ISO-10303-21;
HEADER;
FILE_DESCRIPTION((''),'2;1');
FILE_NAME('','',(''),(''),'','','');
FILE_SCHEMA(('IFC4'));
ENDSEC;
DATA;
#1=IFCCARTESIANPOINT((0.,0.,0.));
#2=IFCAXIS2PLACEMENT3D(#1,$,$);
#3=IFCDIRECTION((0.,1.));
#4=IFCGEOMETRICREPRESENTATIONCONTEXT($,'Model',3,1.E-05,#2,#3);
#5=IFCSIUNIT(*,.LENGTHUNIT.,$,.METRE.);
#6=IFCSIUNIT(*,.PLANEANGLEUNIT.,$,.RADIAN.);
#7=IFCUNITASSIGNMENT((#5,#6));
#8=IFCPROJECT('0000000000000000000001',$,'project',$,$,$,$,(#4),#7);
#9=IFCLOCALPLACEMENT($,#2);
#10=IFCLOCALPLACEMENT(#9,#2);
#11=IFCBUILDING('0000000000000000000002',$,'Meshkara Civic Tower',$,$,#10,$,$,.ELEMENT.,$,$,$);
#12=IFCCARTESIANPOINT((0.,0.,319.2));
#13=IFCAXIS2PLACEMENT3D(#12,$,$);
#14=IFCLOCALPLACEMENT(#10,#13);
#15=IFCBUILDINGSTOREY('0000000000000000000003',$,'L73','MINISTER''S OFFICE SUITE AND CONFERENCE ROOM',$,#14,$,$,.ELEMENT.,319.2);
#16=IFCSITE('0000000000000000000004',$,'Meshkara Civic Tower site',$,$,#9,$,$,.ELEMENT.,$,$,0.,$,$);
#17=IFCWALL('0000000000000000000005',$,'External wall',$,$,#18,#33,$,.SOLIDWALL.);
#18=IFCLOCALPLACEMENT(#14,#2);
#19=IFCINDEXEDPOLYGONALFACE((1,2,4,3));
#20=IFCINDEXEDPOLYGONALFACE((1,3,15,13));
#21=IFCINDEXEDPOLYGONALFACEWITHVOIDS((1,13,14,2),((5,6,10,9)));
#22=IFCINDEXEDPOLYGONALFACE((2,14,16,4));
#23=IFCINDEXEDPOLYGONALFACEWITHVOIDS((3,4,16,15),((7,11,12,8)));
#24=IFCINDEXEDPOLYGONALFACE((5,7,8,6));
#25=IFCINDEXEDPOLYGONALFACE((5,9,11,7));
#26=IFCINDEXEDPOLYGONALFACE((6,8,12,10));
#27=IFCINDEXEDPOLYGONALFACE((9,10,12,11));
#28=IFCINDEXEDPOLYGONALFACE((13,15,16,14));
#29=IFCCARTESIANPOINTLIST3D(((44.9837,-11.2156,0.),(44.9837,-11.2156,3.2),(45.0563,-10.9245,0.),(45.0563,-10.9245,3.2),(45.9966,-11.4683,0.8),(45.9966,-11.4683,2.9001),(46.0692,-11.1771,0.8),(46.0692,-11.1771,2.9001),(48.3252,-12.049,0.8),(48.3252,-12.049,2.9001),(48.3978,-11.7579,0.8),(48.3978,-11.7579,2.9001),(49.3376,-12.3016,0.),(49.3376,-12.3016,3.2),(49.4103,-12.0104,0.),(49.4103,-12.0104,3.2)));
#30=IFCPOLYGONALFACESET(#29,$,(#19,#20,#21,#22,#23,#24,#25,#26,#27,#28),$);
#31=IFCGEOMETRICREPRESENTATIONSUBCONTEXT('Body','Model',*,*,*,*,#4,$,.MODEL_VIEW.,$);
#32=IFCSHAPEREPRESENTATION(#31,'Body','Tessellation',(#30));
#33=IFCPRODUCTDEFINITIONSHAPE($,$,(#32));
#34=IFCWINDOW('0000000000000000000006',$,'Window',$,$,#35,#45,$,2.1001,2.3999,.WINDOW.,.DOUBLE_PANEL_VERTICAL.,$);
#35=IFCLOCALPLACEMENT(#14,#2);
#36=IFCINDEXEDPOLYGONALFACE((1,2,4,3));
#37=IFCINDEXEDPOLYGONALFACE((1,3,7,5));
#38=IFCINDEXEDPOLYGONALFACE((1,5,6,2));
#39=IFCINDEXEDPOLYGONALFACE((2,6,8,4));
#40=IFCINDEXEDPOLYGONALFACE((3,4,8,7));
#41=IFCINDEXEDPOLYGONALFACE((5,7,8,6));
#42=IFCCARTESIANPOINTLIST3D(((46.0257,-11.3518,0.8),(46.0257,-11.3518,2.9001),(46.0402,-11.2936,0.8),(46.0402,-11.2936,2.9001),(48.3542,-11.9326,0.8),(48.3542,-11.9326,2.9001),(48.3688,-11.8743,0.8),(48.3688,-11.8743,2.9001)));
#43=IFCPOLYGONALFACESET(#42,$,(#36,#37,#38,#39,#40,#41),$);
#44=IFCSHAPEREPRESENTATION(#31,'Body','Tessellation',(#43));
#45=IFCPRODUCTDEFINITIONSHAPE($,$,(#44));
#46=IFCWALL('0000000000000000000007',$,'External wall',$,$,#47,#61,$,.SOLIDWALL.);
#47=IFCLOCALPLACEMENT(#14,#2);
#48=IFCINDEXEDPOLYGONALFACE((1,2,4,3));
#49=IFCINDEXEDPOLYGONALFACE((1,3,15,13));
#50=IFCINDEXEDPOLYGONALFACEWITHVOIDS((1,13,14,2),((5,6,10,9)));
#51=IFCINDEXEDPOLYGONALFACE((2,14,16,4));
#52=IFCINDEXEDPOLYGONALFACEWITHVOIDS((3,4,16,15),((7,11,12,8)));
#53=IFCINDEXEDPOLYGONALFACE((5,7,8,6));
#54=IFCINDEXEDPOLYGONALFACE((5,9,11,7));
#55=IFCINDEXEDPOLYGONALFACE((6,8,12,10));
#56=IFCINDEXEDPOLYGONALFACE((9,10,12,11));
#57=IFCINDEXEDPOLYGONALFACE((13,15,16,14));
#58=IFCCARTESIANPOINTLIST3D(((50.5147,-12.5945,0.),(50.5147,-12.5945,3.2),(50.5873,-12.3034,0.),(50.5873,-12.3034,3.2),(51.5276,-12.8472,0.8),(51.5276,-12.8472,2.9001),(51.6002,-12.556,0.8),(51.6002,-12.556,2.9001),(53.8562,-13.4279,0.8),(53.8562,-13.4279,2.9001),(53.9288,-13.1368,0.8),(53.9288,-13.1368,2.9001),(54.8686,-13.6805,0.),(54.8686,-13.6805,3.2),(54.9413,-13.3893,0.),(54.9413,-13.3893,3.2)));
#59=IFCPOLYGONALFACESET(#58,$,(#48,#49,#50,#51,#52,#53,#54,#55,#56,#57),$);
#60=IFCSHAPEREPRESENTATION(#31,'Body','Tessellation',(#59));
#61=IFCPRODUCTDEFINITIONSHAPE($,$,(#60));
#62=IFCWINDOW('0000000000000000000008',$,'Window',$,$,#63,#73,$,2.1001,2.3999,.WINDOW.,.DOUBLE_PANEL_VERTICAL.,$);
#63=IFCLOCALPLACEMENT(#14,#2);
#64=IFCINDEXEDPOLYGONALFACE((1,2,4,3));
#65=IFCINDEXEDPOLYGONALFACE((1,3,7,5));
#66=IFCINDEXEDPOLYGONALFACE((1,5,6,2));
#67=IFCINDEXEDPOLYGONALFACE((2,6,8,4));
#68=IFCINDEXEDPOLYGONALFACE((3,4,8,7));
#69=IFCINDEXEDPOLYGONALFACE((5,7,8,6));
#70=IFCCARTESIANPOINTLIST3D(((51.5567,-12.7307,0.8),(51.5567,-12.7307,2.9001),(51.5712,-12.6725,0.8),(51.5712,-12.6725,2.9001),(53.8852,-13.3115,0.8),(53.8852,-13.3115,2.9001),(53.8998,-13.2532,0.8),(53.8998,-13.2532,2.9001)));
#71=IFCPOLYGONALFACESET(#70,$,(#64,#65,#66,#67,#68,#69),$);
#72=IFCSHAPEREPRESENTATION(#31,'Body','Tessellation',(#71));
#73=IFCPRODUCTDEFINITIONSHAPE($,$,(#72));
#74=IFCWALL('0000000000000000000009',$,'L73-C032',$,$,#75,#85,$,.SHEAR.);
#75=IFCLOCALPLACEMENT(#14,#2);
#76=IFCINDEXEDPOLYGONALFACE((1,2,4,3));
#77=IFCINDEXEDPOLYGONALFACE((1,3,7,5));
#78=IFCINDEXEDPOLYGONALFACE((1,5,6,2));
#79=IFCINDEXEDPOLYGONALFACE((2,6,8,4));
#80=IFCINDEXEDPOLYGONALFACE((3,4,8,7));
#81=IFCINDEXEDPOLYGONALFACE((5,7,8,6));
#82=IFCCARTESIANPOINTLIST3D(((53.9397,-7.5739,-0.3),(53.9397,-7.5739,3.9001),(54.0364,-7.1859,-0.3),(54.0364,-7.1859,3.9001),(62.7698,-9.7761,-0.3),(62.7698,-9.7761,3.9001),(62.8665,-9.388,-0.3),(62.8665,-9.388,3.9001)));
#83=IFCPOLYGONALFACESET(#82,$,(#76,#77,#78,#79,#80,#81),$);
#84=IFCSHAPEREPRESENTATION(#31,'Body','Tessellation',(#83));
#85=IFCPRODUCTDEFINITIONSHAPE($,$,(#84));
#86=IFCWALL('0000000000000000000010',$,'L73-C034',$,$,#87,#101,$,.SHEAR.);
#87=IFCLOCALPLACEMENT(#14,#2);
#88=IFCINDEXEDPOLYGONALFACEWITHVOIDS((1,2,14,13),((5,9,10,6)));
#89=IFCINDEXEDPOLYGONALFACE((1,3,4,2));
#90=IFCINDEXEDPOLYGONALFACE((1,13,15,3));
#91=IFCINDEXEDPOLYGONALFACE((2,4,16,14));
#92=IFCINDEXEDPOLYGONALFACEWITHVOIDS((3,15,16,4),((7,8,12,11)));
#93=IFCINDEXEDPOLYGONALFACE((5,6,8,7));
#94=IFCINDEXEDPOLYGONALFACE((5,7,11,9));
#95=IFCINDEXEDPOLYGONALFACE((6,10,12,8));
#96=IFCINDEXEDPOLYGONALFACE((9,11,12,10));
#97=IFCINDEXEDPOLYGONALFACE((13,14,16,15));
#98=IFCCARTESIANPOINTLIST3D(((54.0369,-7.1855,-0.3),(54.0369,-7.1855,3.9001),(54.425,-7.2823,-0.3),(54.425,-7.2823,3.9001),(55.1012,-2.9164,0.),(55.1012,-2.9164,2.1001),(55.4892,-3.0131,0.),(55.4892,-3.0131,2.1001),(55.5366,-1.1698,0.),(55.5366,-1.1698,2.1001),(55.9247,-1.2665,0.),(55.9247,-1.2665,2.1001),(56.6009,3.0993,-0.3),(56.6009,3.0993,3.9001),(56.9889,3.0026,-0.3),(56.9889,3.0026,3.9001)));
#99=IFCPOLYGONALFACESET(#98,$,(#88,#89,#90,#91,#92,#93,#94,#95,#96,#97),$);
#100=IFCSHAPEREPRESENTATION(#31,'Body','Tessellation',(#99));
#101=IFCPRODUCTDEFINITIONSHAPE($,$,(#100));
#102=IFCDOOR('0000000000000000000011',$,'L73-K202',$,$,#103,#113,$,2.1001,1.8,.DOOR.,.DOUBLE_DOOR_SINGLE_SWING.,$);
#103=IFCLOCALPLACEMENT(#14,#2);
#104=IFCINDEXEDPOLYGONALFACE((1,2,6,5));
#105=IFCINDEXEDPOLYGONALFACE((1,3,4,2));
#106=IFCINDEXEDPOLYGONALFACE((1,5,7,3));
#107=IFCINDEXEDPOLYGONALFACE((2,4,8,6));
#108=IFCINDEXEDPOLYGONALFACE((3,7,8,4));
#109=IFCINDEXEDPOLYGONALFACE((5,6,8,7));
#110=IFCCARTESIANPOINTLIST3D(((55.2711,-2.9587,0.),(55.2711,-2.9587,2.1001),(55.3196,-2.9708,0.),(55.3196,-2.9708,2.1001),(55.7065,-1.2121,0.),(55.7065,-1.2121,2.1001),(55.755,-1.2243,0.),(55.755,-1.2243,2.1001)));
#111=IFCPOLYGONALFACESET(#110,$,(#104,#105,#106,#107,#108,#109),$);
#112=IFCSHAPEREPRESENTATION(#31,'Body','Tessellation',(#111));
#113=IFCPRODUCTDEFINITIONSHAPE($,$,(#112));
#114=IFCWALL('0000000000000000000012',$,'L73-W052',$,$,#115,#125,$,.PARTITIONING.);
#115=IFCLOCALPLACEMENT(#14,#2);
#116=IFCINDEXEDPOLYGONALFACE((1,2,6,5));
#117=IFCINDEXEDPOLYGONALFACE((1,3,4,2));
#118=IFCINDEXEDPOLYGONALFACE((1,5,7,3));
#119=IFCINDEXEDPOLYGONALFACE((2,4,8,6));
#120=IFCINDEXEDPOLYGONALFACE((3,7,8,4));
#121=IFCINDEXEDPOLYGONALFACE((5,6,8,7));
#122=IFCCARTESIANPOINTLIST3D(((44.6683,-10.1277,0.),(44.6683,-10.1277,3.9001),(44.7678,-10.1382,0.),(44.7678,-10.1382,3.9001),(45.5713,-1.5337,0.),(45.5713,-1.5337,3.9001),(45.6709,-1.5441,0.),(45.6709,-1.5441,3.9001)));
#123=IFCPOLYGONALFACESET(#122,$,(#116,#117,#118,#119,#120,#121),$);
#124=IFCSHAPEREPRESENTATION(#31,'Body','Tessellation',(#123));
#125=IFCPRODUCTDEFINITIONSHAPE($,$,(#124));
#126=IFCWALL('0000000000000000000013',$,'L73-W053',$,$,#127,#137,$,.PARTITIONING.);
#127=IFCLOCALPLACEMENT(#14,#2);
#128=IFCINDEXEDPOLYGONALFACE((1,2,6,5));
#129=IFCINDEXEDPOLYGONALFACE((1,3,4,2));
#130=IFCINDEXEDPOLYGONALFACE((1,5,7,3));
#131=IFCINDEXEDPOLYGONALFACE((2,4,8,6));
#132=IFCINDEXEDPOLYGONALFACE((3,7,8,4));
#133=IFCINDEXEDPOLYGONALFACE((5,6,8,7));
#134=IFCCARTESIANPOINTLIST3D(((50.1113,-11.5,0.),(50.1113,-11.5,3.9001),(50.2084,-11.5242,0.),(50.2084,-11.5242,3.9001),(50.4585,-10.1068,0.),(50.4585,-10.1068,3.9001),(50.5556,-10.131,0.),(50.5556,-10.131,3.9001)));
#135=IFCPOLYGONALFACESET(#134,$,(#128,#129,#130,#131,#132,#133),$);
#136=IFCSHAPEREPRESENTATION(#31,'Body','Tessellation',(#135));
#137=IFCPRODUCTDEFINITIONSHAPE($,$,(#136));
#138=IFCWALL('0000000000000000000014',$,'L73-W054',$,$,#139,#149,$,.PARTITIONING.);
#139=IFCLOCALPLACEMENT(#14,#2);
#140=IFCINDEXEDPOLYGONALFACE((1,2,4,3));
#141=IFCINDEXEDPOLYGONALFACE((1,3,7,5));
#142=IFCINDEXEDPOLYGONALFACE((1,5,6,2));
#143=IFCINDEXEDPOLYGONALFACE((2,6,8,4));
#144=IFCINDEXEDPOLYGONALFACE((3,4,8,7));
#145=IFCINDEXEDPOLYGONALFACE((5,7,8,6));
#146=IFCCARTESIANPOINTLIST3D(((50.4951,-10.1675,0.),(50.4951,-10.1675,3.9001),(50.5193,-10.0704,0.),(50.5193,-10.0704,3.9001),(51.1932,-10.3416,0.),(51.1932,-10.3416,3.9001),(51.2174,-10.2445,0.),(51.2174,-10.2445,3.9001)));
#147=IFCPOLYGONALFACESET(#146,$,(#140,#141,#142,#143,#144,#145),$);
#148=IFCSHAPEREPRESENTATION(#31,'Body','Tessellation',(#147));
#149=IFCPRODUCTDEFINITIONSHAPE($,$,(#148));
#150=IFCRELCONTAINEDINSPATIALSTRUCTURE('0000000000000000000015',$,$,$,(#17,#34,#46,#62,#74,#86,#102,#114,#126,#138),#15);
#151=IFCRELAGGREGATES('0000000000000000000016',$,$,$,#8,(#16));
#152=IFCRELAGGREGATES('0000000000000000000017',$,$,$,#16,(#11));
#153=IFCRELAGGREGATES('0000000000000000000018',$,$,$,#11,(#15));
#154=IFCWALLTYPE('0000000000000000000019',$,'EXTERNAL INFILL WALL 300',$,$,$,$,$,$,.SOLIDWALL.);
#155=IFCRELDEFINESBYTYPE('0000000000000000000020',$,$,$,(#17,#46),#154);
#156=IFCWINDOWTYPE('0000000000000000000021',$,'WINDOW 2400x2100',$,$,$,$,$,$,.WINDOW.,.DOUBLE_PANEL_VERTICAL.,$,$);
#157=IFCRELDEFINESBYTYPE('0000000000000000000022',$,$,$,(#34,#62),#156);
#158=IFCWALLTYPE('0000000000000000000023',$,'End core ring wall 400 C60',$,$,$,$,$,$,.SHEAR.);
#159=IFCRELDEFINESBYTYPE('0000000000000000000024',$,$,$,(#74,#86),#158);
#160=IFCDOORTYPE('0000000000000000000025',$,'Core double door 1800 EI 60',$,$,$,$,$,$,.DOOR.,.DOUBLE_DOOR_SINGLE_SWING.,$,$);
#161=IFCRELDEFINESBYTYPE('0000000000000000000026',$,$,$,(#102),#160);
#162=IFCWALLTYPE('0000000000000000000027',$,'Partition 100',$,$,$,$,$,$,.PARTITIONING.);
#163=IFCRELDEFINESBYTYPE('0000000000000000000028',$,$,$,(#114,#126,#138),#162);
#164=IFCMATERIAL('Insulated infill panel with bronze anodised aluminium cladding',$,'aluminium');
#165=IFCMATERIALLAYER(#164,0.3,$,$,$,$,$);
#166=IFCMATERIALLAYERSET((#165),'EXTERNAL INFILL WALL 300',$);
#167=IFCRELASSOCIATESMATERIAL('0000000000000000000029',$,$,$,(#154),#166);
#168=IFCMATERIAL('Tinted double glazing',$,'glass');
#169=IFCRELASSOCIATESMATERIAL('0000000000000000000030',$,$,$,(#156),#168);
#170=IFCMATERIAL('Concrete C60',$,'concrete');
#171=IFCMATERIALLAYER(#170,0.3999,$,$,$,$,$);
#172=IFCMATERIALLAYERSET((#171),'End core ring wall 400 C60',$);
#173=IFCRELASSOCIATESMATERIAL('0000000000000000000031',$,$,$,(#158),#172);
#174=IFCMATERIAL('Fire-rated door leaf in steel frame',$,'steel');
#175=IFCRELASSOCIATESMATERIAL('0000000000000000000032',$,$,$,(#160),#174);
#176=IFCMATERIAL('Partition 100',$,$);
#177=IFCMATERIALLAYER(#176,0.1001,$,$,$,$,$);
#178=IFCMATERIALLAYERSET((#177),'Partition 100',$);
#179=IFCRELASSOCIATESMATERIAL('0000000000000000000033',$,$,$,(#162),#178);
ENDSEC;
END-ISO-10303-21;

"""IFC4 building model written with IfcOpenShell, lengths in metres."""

from ifc_helpers import new_model, si_unit, direction, frame, frame_2d, origin, place, context, subcontext, project, spatial, rectangle, extrude, material, layer, layer_set, type_object, element, fill, save


model = new_model("IFC4")

# Units and contexts
model_context = context("Model", 3, precision=1e-05, world=origin(), true_north=direction((0.0, 1.0)))
body_context = subcontext(model_context, "Body", "Model", "MODEL_VIEW")
ifc_project = project(units=[si_unit("LENGTHUNIT", "METRE"), si_unit("PLANEANGLEUNIT", "RADIAN")], contexts=[model_context])

# Site, building, storey
site_placement = place(None, origin())
site = spatial("IfcSite", under=ifc_project, at=site_placement, Name="Meshkara Civic Tower site", CompositionType="ELEMENT", RefElevation=0.0)
building_placement = place(site_placement, origin())
building = spatial("IfcBuilding", under=site, at=building_placement, Name="Meshkara Civic Tower", CompositionType="ELEMENT")
storey_placement = place(building_placement, frame((0.0, 0.0, 319.2)))
storey = spatial("IfcBuildingStorey", under=building, at=storey_placement, Name="L73", Description="MINISTER'S OFFICE SUITE AND CONFERENCE ROOM", CompositionType="ELEMENT", Elevation=319.2)

# Walls, openings, windows
ifc_material_1 = material(Name="Insulated infill panel with bronze anodised aluminium cladding", Category="aluminium")
ifc_layer_1 = layer(ifc_material_1, 0.3)
ifc_layer_set_1 = layer_set([ifc_layer_1], Name="EXTERNAL INFILL WALL 300")
wall_type_1 = type_object("IfcWallType", Name="EXTERNAL INFILL WALL 300", PredefinedType="SOLIDWALL", material=ifc_layer_set_1)
wall_1_placement = place(storey_placement, frame((45.02, -11.0701, 0.0), z_axis=(0.0, 0.0, 1.0), x_axis=(0.970277, -0.241998, 0.0)))
wall_1 = element("IfcWall", 1, at=wall_1_placement, inside=storey, type_object=wall_type_1, Name="External wall", PredefinedType="SOLIDWALL", context=body_context, shape_type="SweptSolid", body=[
    extrude(rectangle(XDim=4.4873, YDim=0.3, at=frame_2d((2.2437, 0.0))), origin(), (0.0, 0.0, 1.0), 3.2),
])
opening_1_placement = place(wall_1_placement, frame((1.0439, 0.0, 0.8)))
opening_1 = element("IfcOpeningElement", 2, at=opening_1_placement, cuts=wall_1, PredefinedType="OPENING", context=body_context, shape_type="SweptSolid", body=[
    extrude(rectangle(XDim=2.3999, YDim=2.1001, at=frame_2d((1.2, 1.05))), frame((0.0, 0.1599, 0.0), z_axis=(0.0, -1.0, 0.0), x_axis=(1.0, 0.0, 0.0)), (0.0, 0.0, 1.0), 0.3201),
])
ifc_material_2 = material(Name="Tinted double glazing", Category="glass")
window_type = type_object("IfcWindowType", Name="WINDOW 2400x2100", PartitioningType="DOUBLE_PANEL_VERTICAL", PredefinedType="WINDOW", material=ifc_material_2)
window_1_placement = place(opening_1_placement, origin())
window_1 = element("IfcWindow", 3, at=window_1_placement, inside=storey, type_object=window_type, Name="Window", OverallHeight=2.1001, OverallWidth=2.3999, PartitioningType="DOUBLE_PANEL_VERTICAL", PredefinedType="WINDOW", context=body_context, shape_type="SweptSolid", body=[
    extrude(rectangle(XDim=2.3999, YDim=2.1001, at=frame_2d((1.2, 1.05))), frame((0.0, 0.03, 0.0), z_axis=(0.0, -1.0, 0.0), x_axis=(1.0, 0.0, 0.0)), (0.0, 0.0, 1.0), 0.0601),
])
fill(opening_1, window_1)
wall_2_placement = place(storey_placement, frame((50.551, -12.449, 0.0), z_axis=(0.0, 0.0, 1.0), x_axis=(0.970277, -0.241998, 0.0)))
wall_2 = element("IfcWall", 4, at=wall_2_placement, inside=storey, type_object=wall_type_1, Name="External wall", PredefinedType="SOLIDWALL", context=body_context, shape_type="SweptSolid", body=[
    extrude(rectangle(XDim=4.4873, YDim=0.3, at=frame_2d((2.2437, 0.0))), origin(), (0.0, 0.0, 1.0), 3.2),
])
opening_2_placement = place(wall_2_placement, frame((1.0439, 0.0, 0.8)))
opening_2 = element("IfcOpeningElement", 5, at=opening_2_placement, cuts=wall_2, PredefinedType="OPENING", context=body_context, shape_type="SweptSolid", body=[
    extrude(rectangle(XDim=2.3999, YDim=2.1001, at=frame_2d((1.2, 1.05))), frame((0.0, 0.1599, 0.0), z_axis=(0.0, -1.0, 0.0), x_axis=(1.0, 0.0, 0.0)), (0.0, 0.0, 1.0), 0.3201),
])
window_2_placement = place(opening_2_placement, origin())
window_2 = element("IfcWindow", 6, at=window_2_placement, inside=storey, type_object=window_type, Name="Window", OverallHeight=2.1001, OverallWidth=2.3999, PartitioningType="DOUBLE_PANEL_VERTICAL", PredefinedType="WINDOW", context=body_context, shape_type="SweptSolid", body=[
    extrude(rectangle(XDim=2.3999, YDim=2.1001, at=frame_2d((1.2, 1.05))), frame((0.0, 0.03, 0.0), z_axis=(0.0, -1.0, 0.0), x_axis=(1.0, 0.0, 0.0)), (0.0, 0.0, 1.0), 0.0601),
])
fill(opening_2, window_2)

# Wall
ifc_material_3 = material(Name="Concrete C60", Category="concrete")
ifc_layer_2 = layer(ifc_material_3, 0.3999)
ifc_layer_set_2 = layer_set([ifc_layer_2], Name="End core ring wall 400 C60")
wall_type_2 = type_object("IfcWallType", Name="End core ring wall 400 C60", PredefinedType="SHEAR", material=ifc_layer_set_2)
wall_3_placement = place(storey_placement, frame((53.988, -7.3799, -0.3), z_axis=(0.0, 0.0, 1.0), x_axis=(0.970281, -0.24198, 0.0)))
element("IfcWall", 7, at=wall_3_placement, inside=storey, type_object=wall_type_2, Name="L73-C032", PredefinedType="SHEAR", context=body_context, shape_type="SweptSolid", body=[
    extrude(rectangle(XDim=9.1006, YDim=0.3999, at=frame_2d((4.5503, 0.0))), origin(), (0.0, 0.0, 1.0), 4.2002),
])

# Wall, opening, door
wall_4_placement = place(storey_placement, frame((54.231, -7.2339, -0.3), z_axis=(0.0, 0.0, 1.0), x_axis=(0.241891, 0.970304, 0.0)))
wall_4 = element("IfcWall", 8, at=wall_4_placement, inside=storey, type_object=wall_type_2, Name="L73-C034", PredefinedType="SHEAR", context=body_context, shape_type="SweptSolid", body=[
    extrude(rectangle(XDim=10.5996, YDim=0.3999, at=frame_2d((5.2998, 0.0))), origin(), (0.0, 0.0, 1.0), 4.2002),
])
opening_3_placement = place(wall_4_placement, frame((4.3999, 0.0, 0.3)))
opening_3 = element("IfcOpeningElement", 9, at=opening_3_placement, cuts=wall_4, PredefinedType="OPENING", context=body_context, shape_type="SweptSolid", body=[
    extrude(rectangle(XDim=1.8, YDim=2.1001, at=frame_2d((0.8999, 1.05))), frame((0.0, 0.21, 0.0), z_axis=(0.0, -1.0, 0.0), x_axis=(1.0, 0.0, 0.0)), (0.0, 0.0, 1.0), 0.4199),
])
ifc_material_4 = material(Name="Fire-rated door leaf in steel frame", Category="steel")
door_type_1 = type_object("IfcDoorType", Name="Core double door 1800 EI 60", OperationType="DOUBLE_DOOR_SINGLE_SWING", PredefinedType="DOOR", material=ifc_material_4)
door_1_placement = place(opening_3_placement, origin())
door_1 = element("IfcDoor", 10, at=door_1_placement, inside=storey, type_object=door_type_1, Name="L73-K202", OperationType="DOUBLE_DOOR_SINGLE_SWING", OverallHeight=2.1001, OverallWidth=1.8, PredefinedType="DOOR", context=body_context, shape_type="SweptSolid", body=[
    extrude(rectangle(XDim=1.8, YDim=2.1001, at=frame_2d((0.8999, 1.05))), frame((0.0, 0.0249, 0.0), z_axis=(0.0, -1.0, 0.0), x_axis=(1.0, 0.0, 0.0)), (0.0, 0.0, 1.0), 0.05),
])
fill(opening_3, door_1)

# Walls
ifc_material_5 = material(Name="Partition 100")
ifc_layer_3 = layer(ifc_material_5, 0.1001)
ifc_layer_set_3 = layer_set([ifc_layer_3], Name="Partition 100")
wall_type_3 = type_object("IfcWallType", Name="Partition 100", PredefinedType="PARTITIONING", material=ifc_layer_set_3)
wall_5_placement = place(storey_placement, frame((44.718, -10.1331, 0.0), z_axis=(0.0, 0.0, 1.0), x_axis=(0.104507, 0.994524, 0.0)))
element("IfcWall", 11, at=wall_5_placement, inside=storey, type_object=wall_type_3, Name="L73-W052", PredefinedType="PARTITIONING", context=body_context, shape_type="SweptSolid", body=[
    extrude(rectangle(XDim=8.6414, YDim=0.1001, at=frame_2d((4.3208, 0.0))), origin(), (0.0, 0.0, 1.0), 3.9001),
])
wall_6_placement = place(storey_placement, frame((50.1599, -11.512, 0.0), z_axis=(0.0, 0.0, 1.0), x_axis=(0.241815, 0.970322, 0.0)))
element("IfcWall", 12, at=wall_6_placement, inside=storey, type_object=wall_type_3, Name="L73-W053", PredefinedType="PARTITIONING", context=body_context, shape_type="SweptSolid", body=[
    extrude(rectangle(XDim=1.4358, YDim=0.1001, at=frame_2d((0.7178, 0.0))), origin(), (0.0, 0.0, 1.0), 3.9001),
])
wall_7_placement = place(storey_placement, frame((50.5071, -10.1189, 0.0), z_axis=(0.0, 0.0, 1.0), x_axis=(0.970282, -0.241977, 0.0)))
element("IfcWall", 13, at=wall_7_placement, inside=storey, type_object=wall_type_3, Name="L73-W054", PredefinedType="PARTITIONING", context=body_context, shape_type="SweptSolid", body=[
    extrude(rectangle(XDim=0.7195, YDim=0.1001, at=frame_2d((0.3599, 0.0))), origin(), (0.0, 0.0, 1.0), 3.9001),
])

save(model, "model.ifc")
